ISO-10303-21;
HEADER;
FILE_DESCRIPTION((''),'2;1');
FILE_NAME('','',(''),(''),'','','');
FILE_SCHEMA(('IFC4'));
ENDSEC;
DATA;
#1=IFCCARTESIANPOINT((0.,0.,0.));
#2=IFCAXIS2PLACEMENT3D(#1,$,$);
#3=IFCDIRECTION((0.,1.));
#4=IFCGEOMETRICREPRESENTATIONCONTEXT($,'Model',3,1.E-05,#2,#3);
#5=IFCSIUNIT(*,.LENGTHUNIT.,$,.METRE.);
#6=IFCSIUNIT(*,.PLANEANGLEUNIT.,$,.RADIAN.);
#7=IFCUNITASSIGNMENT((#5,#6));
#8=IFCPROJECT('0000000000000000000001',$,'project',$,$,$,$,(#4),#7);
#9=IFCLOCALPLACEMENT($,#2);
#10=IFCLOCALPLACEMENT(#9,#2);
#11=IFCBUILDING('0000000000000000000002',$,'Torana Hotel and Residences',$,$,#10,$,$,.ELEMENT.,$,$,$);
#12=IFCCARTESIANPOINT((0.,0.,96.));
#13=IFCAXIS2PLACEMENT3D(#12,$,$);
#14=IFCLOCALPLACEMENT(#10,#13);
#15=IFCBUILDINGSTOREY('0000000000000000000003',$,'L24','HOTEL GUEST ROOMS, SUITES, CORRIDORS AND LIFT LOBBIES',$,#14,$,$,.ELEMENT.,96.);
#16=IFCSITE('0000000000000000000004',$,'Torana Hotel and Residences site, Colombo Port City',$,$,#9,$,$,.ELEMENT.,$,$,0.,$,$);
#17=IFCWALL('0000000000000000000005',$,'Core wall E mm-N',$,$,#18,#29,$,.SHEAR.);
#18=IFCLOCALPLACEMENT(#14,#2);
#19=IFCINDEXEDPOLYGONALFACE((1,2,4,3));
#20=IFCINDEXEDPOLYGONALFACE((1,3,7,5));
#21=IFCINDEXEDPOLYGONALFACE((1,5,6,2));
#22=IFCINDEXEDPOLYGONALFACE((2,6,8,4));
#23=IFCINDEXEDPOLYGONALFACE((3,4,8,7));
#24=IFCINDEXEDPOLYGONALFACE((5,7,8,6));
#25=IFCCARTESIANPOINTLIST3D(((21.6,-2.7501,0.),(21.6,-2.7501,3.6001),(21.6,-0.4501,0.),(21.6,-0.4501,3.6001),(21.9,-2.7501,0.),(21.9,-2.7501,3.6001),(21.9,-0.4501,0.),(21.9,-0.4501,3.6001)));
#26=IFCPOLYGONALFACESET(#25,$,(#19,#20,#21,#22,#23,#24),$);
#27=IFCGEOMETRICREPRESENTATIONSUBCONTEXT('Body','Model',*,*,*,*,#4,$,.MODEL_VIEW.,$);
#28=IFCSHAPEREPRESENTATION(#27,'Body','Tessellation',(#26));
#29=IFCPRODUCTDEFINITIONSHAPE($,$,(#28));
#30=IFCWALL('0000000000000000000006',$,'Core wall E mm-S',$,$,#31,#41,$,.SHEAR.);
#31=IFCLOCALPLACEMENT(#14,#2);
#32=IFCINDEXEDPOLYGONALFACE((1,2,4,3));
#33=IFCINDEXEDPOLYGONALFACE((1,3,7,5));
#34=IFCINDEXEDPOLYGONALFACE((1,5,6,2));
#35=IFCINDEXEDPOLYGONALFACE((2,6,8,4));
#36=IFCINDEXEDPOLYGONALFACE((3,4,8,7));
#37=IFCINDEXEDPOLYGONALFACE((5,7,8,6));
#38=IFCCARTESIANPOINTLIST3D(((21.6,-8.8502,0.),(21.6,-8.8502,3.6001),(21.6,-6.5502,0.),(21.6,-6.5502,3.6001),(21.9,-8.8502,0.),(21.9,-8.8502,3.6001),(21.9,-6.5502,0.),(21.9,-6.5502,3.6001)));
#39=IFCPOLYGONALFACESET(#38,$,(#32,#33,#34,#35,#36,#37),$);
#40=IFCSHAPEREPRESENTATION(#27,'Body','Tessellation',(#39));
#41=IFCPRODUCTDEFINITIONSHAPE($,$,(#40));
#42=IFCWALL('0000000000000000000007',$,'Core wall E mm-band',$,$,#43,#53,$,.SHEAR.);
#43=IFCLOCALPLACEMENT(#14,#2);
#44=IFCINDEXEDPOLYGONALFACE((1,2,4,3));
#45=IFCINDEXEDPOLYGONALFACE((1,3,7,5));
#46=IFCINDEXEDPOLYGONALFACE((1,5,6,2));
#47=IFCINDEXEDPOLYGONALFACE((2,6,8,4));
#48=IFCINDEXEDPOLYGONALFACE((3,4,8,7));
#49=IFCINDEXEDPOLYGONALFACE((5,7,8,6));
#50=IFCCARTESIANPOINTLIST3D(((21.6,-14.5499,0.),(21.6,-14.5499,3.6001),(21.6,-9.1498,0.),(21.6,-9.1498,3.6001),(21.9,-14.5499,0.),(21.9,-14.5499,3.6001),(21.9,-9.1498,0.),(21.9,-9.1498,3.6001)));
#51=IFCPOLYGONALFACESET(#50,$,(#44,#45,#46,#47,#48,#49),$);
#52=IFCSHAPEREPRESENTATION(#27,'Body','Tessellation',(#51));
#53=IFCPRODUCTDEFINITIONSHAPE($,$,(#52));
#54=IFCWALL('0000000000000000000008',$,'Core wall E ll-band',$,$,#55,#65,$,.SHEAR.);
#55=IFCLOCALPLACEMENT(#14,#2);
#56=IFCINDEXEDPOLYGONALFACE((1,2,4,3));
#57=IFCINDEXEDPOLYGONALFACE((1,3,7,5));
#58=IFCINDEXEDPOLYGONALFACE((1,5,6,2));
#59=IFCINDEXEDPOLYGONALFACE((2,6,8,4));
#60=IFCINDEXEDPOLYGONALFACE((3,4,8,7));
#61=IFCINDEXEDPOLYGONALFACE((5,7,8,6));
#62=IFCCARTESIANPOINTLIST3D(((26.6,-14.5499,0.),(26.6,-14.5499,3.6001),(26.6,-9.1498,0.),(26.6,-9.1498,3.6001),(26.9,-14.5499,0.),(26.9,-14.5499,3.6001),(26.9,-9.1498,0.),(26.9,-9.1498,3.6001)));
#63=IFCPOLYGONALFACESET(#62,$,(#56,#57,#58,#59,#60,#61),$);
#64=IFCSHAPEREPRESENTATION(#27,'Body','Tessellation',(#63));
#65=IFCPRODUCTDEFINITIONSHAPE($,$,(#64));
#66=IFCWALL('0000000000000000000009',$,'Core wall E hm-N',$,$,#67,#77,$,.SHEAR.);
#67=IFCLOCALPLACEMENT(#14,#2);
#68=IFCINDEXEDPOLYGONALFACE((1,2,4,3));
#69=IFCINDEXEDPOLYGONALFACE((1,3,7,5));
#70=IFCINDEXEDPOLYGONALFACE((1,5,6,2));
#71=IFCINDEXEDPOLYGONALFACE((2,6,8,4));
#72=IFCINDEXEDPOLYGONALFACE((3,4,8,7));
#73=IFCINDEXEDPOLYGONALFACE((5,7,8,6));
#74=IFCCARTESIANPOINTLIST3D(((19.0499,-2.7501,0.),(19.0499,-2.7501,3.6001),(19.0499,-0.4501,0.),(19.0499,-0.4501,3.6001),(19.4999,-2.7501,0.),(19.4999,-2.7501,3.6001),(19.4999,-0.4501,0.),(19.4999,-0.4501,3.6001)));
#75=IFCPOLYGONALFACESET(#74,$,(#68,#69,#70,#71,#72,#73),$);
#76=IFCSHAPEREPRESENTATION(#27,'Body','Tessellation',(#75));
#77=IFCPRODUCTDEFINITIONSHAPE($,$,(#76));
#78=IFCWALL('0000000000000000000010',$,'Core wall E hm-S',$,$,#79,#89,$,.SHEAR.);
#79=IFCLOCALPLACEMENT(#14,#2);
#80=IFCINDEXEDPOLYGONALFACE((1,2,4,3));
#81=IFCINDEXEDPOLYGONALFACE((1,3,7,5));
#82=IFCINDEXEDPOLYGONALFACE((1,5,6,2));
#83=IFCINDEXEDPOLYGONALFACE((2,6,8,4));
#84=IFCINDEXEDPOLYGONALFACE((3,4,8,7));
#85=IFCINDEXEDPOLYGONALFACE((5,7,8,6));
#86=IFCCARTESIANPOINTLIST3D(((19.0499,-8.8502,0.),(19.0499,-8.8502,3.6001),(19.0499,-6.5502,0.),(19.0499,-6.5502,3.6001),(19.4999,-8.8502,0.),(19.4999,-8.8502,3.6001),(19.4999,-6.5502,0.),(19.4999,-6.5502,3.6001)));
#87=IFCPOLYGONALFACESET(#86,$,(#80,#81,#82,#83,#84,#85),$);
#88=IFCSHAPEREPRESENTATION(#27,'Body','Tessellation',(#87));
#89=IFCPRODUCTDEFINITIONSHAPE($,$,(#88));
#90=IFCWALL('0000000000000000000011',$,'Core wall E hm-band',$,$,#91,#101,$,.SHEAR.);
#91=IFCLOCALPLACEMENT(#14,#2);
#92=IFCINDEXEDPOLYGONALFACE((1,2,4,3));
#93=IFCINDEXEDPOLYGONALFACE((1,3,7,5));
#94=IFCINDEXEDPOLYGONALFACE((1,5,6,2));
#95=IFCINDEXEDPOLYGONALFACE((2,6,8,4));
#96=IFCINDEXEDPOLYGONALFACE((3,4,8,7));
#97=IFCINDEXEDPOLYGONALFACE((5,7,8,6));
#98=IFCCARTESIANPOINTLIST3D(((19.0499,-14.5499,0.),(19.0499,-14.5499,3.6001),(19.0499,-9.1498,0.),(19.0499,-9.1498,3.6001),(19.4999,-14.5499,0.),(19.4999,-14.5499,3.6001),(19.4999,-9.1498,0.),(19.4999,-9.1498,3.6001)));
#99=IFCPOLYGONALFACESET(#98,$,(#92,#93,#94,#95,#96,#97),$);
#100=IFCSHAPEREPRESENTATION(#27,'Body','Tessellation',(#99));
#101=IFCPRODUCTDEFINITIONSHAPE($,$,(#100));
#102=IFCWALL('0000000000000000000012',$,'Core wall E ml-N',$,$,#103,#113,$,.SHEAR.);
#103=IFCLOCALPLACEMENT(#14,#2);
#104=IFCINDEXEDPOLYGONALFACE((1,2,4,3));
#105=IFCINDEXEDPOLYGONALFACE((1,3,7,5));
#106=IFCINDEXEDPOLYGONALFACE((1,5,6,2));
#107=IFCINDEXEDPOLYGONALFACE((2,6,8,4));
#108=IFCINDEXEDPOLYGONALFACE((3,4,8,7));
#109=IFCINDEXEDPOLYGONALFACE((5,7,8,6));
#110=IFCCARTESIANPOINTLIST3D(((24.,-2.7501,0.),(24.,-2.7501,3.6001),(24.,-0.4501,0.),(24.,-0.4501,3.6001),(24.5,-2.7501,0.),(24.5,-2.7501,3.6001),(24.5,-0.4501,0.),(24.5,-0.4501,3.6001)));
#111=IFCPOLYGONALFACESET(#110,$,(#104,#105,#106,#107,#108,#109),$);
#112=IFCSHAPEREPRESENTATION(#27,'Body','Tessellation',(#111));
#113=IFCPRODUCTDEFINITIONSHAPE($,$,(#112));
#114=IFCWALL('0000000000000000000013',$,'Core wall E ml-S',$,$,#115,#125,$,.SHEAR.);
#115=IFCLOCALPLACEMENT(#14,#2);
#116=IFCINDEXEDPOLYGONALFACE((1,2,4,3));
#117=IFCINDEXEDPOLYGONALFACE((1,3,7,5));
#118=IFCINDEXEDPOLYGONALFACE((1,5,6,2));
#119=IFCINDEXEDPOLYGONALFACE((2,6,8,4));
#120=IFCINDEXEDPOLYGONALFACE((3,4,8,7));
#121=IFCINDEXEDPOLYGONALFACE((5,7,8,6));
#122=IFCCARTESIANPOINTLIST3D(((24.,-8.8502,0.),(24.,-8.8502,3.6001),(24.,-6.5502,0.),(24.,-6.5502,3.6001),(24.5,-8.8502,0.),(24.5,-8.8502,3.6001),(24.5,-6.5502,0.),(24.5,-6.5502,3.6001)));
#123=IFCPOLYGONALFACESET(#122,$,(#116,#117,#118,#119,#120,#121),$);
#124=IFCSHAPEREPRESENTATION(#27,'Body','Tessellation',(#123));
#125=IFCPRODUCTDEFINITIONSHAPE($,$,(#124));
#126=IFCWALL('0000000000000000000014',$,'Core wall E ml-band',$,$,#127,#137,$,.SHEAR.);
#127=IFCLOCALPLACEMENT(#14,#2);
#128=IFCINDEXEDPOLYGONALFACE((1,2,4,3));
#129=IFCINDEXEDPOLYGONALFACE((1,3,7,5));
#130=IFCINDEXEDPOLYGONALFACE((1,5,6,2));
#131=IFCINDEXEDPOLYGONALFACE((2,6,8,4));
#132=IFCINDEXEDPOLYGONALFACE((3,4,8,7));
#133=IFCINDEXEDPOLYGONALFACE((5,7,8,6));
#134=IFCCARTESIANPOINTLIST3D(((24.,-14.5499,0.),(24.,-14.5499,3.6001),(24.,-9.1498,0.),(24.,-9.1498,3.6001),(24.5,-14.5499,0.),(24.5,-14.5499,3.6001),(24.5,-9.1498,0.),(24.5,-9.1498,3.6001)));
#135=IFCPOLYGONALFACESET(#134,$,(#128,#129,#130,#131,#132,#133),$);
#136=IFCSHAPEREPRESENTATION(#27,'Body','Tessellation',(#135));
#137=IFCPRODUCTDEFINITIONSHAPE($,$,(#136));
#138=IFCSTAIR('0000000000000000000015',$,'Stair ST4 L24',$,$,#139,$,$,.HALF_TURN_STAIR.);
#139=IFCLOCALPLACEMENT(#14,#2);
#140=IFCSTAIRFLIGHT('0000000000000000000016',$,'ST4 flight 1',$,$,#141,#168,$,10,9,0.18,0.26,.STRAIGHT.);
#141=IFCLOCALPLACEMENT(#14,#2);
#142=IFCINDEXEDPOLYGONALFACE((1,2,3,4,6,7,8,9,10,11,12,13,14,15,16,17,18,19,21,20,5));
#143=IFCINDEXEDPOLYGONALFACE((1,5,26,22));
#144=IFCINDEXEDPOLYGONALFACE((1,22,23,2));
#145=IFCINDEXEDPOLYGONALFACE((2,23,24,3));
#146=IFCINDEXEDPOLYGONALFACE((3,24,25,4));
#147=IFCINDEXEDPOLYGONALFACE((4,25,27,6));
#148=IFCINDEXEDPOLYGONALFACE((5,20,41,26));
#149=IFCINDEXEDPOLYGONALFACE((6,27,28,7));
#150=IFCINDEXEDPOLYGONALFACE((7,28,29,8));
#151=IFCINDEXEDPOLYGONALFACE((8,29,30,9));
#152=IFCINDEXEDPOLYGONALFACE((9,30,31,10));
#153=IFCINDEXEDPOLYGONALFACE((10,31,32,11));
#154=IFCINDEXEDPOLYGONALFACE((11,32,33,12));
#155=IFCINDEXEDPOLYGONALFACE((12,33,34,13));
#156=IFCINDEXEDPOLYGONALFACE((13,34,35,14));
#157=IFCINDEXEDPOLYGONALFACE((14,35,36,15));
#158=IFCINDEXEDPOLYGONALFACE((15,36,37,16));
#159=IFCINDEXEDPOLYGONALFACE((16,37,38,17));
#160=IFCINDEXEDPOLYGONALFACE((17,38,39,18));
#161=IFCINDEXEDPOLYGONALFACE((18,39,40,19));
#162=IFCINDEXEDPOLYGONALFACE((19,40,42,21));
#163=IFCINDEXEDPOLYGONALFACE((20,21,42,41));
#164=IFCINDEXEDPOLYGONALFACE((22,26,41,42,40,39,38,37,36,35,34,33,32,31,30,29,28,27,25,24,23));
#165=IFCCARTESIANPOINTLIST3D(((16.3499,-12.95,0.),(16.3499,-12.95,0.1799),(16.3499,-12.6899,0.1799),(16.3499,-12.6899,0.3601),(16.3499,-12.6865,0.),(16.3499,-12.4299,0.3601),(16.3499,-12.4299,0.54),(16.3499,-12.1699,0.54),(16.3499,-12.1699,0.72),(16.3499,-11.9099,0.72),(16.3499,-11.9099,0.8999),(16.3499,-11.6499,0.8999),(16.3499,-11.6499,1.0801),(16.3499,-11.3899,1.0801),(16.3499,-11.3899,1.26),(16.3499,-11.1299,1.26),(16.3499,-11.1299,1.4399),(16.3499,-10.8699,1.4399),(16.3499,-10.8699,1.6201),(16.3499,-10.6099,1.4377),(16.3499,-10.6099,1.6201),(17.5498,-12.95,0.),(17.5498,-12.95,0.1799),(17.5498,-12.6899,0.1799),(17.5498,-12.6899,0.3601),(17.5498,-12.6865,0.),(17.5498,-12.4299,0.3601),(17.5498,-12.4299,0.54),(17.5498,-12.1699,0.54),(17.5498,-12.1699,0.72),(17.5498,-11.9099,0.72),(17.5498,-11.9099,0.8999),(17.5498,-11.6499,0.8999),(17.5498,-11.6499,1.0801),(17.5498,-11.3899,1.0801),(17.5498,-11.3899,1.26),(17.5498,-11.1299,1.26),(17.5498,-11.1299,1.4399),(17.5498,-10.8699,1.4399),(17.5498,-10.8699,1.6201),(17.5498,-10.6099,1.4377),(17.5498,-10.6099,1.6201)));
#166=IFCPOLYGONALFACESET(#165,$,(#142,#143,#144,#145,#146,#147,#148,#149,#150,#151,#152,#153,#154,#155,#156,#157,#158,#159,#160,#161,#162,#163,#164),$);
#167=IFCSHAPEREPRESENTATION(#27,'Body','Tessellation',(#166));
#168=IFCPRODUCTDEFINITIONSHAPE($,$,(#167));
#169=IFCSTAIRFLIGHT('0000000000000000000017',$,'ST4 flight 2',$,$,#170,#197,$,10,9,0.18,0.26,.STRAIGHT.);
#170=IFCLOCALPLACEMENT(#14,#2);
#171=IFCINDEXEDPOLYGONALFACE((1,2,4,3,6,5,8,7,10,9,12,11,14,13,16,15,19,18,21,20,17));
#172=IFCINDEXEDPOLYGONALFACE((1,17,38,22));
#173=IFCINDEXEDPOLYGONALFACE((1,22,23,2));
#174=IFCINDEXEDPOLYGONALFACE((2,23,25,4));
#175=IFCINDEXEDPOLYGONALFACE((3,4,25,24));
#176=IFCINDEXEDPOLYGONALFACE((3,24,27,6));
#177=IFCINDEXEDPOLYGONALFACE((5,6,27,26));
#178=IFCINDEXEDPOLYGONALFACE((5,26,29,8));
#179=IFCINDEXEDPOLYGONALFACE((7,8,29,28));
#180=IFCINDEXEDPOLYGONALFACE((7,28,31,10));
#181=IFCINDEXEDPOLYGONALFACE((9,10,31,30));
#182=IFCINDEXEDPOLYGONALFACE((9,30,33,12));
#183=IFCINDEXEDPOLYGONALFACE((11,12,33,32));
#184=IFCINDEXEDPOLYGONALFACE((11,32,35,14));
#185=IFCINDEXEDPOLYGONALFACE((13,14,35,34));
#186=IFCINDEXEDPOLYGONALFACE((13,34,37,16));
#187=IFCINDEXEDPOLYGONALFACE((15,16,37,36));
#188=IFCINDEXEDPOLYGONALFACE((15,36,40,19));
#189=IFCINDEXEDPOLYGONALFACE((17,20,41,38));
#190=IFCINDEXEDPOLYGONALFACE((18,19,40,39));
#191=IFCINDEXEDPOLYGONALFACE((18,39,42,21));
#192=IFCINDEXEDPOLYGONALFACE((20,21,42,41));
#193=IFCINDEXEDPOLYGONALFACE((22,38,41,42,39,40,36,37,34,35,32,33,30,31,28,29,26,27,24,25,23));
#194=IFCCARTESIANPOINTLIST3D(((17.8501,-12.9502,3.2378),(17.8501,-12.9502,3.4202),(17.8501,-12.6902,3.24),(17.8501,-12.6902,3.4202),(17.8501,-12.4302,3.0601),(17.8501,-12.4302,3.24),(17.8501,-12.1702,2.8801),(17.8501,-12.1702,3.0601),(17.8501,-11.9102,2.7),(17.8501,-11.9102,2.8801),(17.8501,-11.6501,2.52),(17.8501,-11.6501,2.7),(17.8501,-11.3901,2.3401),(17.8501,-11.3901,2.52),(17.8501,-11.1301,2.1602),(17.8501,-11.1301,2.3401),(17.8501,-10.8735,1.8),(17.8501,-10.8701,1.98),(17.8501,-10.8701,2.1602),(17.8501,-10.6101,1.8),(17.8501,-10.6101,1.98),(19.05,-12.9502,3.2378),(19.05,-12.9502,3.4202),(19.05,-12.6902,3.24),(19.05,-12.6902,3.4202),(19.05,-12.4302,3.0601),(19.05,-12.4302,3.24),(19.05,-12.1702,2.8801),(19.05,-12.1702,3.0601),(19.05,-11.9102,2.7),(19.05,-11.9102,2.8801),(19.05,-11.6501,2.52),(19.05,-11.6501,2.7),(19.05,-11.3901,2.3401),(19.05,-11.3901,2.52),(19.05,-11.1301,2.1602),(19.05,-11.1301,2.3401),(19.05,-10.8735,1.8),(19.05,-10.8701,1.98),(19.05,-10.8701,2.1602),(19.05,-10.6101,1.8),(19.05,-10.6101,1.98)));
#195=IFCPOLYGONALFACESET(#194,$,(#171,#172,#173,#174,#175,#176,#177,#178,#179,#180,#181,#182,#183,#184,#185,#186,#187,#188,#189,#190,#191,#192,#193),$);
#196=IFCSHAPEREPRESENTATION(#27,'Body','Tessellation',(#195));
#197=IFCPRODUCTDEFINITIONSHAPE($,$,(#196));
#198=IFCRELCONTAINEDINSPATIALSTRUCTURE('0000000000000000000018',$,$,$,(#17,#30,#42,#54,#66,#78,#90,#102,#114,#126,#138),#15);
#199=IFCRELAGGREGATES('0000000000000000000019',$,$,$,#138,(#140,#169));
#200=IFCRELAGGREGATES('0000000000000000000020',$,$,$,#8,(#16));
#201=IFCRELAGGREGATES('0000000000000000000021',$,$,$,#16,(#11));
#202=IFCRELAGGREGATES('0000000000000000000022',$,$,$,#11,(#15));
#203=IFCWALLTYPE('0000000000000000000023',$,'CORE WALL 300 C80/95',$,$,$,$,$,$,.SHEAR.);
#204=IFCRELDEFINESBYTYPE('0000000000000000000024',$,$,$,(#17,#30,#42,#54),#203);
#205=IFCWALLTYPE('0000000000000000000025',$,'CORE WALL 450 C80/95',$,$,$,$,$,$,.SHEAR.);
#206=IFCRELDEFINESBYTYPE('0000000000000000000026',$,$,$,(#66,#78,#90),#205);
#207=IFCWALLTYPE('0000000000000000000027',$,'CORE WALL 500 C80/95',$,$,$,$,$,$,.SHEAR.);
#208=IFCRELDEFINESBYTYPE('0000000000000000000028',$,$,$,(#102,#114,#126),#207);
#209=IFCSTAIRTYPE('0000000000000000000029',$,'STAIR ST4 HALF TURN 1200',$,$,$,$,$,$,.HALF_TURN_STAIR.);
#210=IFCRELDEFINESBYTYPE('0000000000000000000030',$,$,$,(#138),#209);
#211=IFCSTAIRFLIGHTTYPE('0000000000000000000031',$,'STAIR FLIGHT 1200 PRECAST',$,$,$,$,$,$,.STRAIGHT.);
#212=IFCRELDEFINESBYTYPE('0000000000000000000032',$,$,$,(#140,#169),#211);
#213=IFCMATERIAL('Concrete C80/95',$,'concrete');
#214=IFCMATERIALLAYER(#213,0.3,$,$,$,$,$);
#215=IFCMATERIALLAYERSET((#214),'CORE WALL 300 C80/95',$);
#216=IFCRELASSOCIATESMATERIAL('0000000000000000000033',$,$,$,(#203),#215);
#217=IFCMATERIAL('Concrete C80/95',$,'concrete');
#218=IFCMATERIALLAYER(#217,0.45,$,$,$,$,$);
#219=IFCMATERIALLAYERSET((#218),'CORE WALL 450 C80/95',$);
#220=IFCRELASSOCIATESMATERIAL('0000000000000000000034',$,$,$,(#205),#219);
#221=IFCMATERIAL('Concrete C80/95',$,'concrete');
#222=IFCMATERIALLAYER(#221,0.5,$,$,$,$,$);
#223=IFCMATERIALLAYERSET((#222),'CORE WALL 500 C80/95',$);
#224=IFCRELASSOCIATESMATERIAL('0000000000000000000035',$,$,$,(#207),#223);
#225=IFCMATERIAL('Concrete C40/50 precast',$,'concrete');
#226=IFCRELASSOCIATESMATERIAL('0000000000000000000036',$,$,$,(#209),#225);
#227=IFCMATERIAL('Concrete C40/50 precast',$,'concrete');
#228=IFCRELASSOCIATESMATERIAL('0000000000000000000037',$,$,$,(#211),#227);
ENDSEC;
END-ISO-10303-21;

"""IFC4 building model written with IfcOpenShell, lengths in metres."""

from ifc_helpers import new_model, si_unit, direction, frame, frame_2d, origin, place, context, subcontext, project, spatial, polyline, rectangle, outline, extrude, material, layer, layer_set, type_object, element, aggregate, save


model = new_model("IFC4")

# Units and contexts
model_context = context("Model", 3, precision=1e-05, world=origin(), true_north=direction((0.0, 1.0)))
body_context = subcontext(model_context, "Body", "Model", "MODEL_VIEW")
ifc_project = project(units=[si_unit("LENGTHUNIT", "METRE"), si_unit("PLANEANGLEUNIT", "RADIAN")], contexts=[model_context])

# Site, building, storey
site_placement = place(None, origin())
site = spatial("IfcSite", under=ifc_project, at=site_placement, Name="Torana Hotel and Residences site, Colombo Port City", CompositionType="ELEMENT", RefElevation=0.0)
building_placement = place(site_placement, origin())
building = spatial("IfcBuilding", under=site, at=building_placement, Name="Torana Hotel and Residences", CompositionType="ELEMENT")
storey_placement = place(building_placement, frame((0.0, 0.0, 96.0)))
storey = spatial("IfcBuildingStorey", under=building, at=storey_placement, Name="L24", Description="HOTEL GUEST ROOMS, SUITES, CORRIDORS AND LIFT LOBBIES", CompositionType="ELEMENT", Elevation=96.0)

# Walls
ifc_material_1 = material(Name="Concrete C80/95", Category="concrete")
ifc_layer_1 = layer(ifc_material_1, 0.3)
ifc_layer_set_1 = layer_set([ifc_layer_1], Name="CORE WALL 300 C80/95")
wall_type_1 = type_object("IfcWallType", Name="CORE WALL 300 C80/95", PredefinedType="SHEAR", material=ifc_layer_set_1)
for number, where, z_axis, x_axis, name in (
    (1, (21.75, -2.75, 0.0), (0.0, 0.0, 1.0), (0.0, 1.0, 0.0), "Core wall E mm-N"),
    (2, (21.75, -8.8501, 0.0), (0.0, 0.0, 1.0), (0.0, 1.0, 0.0), "Core wall E mm-S"),
):
    element("IfcWall", number, at=place(storey_placement, frame(where, z_axis=z_axis, x_axis=x_axis)), inside=storey, type_object=wall_type_1, Name=name, PredefinedType="SHEAR", context=body_context, shape_type="SweptSolid", body=[
        extrude(rectangle(XDim=2.3, YDim=0.3, at=frame_2d((1.1499, 0.0))), origin(), (0.0, 0.0, 1.0), 3.6001),
    ])
for number, where, z_axis, x_axis, name in (
    (3, (21.75, -14.55, 0.0), (0.0, 0.0, 1.0), (0.0, 1.0, 0.0), "Core wall E mm-band"),
    (4, (26.75, -14.55, 0.0), (0.0, 0.0, 1.0), (0.0, 1.0, 0.0), "Core wall E ll-band"),
):
    element("IfcWall", number, at=place(storey_placement, frame(where, z_axis=z_axis, x_axis=x_axis)), inside=storey, type_object=wall_type_1, Name=name, PredefinedType="SHEAR", context=body_context, shape_type="SweptSolid", body=[
        extrude(rectangle(XDim=5.4001, YDim=0.3, at=frame_2d((2.7002, 0.0))), origin(), (0.0, 0.0, 1.0), 3.6001),
    ])
ifc_material_2 = material(Name="Concrete C80/95", Category="concrete")
ifc_layer_2 = layer(ifc_material_2, 0.45)
ifc_layer_set_2 = layer_set([ifc_layer_2], Name="CORE WALL 450 C80/95")
wall_type_2 = type_object("IfcWallType", Name="CORE WALL 450 C80/95", PredefinedType="SHEAR", material=ifc_layer_set_2)
for number, where, z_axis, x_axis, name in (
    (5, (19.2749, -2.75, 0.0), (0.0, 0.0, 1.0), (0.0, 1.0, 0.0), "Core wall E hm-N"),
    (6, (19.2749, -8.8501, 0.0), (0.0, 0.0, 1.0), (0.0, 1.0, 0.0), "Core wall E hm-S"),
):
    element("IfcWall", number, at=place(storey_placement, frame(where, z_axis=z_axis, x_axis=x_axis)), inside=storey, type_object=wall_type_2, Name=name, PredefinedType="SHEAR", context=body_context, shape_type="SweptSolid", body=[
        extrude(rectangle(XDim=2.3, YDim=0.45, at=frame_2d((1.1499, 0.0))), origin(), (0.0, 0.0, 1.0), 3.6001),
    ])
wall_1_placement = place(storey_placement, frame((19.2749, -14.55, 0.0), z_axis=(0.0, 0.0, 1.0), x_axis=(0.0, 1.0, 0.0)))
element("IfcWall", 7, at=wall_1_placement, inside=storey, type_object=wall_type_2, Name="Core wall E hm-band", PredefinedType="SHEAR", context=body_context, shape_type="SweptSolid", body=[
    extrude(rectangle(XDim=5.4001, YDim=0.45, at=frame_2d((2.7002, 0.0))), origin(), (0.0, 0.0, 1.0), 3.6001),
])
ifc_material_3 = material(Name="Concrete C80/95", Category="concrete")
ifc_layer_3 = layer(ifc_material_3, 0.5)
ifc_layer_set_3 = layer_set([ifc_layer_3], Name="CORE WALL 500 C80/95")
wall_type_3 = type_object("IfcWallType", Name="CORE WALL 500 C80/95", PredefinedType="SHEAR", material=ifc_layer_set_3)
for number, where, z_axis, x_axis, name in (
    (8, (24.25, -2.75, 0.0), (0.0, 0.0, 1.0), (0.0, 1.0, 0.0), "Core wall E ml-N"),
    (9, (24.25, -8.8501, 0.0), (0.0, 0.0, 1.0), (0.0, 1.0, 0.0), "Core wall E ml-S"),
):
    element("IfcWall", number, at=place(storey_placement, frame(where, z_axis=z_axis, x_axis=x_axis)), inside=storey, type_object=wall_type_3, Name=name, PredefinedType="SHEAR", context=body_context, shape_type="SweptSolid", body=[
        extrude(rectangle(XDim=2.3, YDim=0.5, at=frame_2d((1.1499, 0.0))), origin(), (0.0, 0.0, 1.0), 3.6001),
    ])
wall_2_placement = place(storey_placement, frame((24.25, -14.55, 0.0), z_axis=(0.0, 0.0, 1.0), x_axis=(0.0, 1.0, 0.0)))
element("IfcWall", 10, at=wall_2_placement, inside=storey, type_object=wall_type_3, Name="Core wall E ml-band", PredefinedType="SHEAR", context=body_context, shape_type="SweptSolid", body=[
    extrude(rectangle(XDim=5.4001, YDim=0.5, at=frame_2d((2.7002, 0.0))), origin(), (0.0, 0.0, 1.0), 3.6001),
])

# Stair, stair flights
ifc_material_4 = material(Name="Concrete C40/50 precast", Category="concrete")
stair_type = type_object("IfcStairType", Name="STAIR ST4 HALF TURN 1200", PredefinedType="HALF_TURN_STAIR", material=ifc_material_4)
stair_placement = place(storey_placement, origin())
stair = element("IfcStair", 11, at=stair_placement, inside=storey, type_object=stair_type, Name="Stair ST4 L24", PredefinedType="HALF_TURN_STAIR")
ifc_material_5 = material(Name="Concrete C40/50 precast", Category="concrete")
stair_flight_type = type_object("IfcStairFlightType", Name="STAIR FLIGHT 1200 PRECAST", PredefinedType="STRAIGHT", material=ifc_material_5)
stair_flight_1_placement = place(storey_placement, frame((16.95, -12.95, 0.0), z_axis=(0.0, 0.0, 1.0), x_axis=(0.0, 1.0, 0.0)))
stair_flight_1 = element("IfcStairFlight", 12, at=stair_flight_1_placement, type_object=stair_flight_type, Name="ST4 flight 1", NumberOfRisers=10, NumberOfTreads=9, PredefinedType="STRAIGHT", RiserHeight=0.18, TreadLength=0.26, context=body_context, shape_type="SweptSolid", body=[
    extrude(outline(polyline([(0.0, 0.0), (0.0, 0.1799), (0.26, 0.1799), (0.26, 0.3601), (0.52, 0.3601), (0.52, 0.54), (0.78, 0.54), (0.78, 0.72), (1.04, 0.72), (1.04, 0.8999), (1.3, 0.8999), (1.3, 1.0801), (1.5601, 1.0801), (1.5601, 1.26), (1.8201, 1.26), (1.8201, 1.4399), (2.0801, 1.4399), (2.0801, 1.6201), (2.3401, 1.6201), (2.3401, 1.8), (2.3401, 1.4377), (0.2634, 0.0), (0.0, 0.0)])), frame((0.0, 0.6001, 0.0), z_axis=(0.0, -1.0, 0.0), x_axis=(1.0, 0.0, 0.0)), (0.0, 0.0, 1.0), 1.2),
])
stair_flight_2_placement = place(storey_placement, frame((18.45, -10.6101, 1.8), z_axis=(0.0, 0.0, 1.0), x_axis=(0.0, -1.0, 0.0)))
stair_flight_2 = element("IfcStairFlight", 13, at=stair_flight_2_placement, type_object=stair_flight_type, Name="ST4 flight 2", NumberOfRisers=10, NumberOfTreads=9, PredefinedType="STRAIGHT", RiserHeight=0.18, TreadLength=0.26, context=body_context, shape_type="SweptSolid", body=[
    extrude(outline(polyline([(0.0, 0.0), (0.0, 0.1799), (0.26, 0.1799), (0.26, 0.3601), (0.52, 0.3601), (0.52, 0.54), (0.78, 0.54), (0.78, 0.72), (1.04, 0.72), (1.04, 0.8999), (1.3, 0.8999), (1.3, 1.0801), (1.5601, 1.0801), (1.5601, 1.26), (1.8201, 1.26), (1.8201, 1.4399), (2.0801, 1.4399), (2.0801, 1.6201), (2.3401, 1.6201), (2.3401, 1.8), (2.3401, 1.4377), (0.2634, 0.0), (0.0, 0.0)])), frame((0.0, 0.6001, 0.0), z_axis=(0.0, -1.0, 0.0), x_axis=(1.0, 0.0, 0.0)), (0.0, 0.0, 1.0), 1.2),
])
aggregate(stair, [stair_flight_1, stair_flight_2])

save(model, "model.ifc")
